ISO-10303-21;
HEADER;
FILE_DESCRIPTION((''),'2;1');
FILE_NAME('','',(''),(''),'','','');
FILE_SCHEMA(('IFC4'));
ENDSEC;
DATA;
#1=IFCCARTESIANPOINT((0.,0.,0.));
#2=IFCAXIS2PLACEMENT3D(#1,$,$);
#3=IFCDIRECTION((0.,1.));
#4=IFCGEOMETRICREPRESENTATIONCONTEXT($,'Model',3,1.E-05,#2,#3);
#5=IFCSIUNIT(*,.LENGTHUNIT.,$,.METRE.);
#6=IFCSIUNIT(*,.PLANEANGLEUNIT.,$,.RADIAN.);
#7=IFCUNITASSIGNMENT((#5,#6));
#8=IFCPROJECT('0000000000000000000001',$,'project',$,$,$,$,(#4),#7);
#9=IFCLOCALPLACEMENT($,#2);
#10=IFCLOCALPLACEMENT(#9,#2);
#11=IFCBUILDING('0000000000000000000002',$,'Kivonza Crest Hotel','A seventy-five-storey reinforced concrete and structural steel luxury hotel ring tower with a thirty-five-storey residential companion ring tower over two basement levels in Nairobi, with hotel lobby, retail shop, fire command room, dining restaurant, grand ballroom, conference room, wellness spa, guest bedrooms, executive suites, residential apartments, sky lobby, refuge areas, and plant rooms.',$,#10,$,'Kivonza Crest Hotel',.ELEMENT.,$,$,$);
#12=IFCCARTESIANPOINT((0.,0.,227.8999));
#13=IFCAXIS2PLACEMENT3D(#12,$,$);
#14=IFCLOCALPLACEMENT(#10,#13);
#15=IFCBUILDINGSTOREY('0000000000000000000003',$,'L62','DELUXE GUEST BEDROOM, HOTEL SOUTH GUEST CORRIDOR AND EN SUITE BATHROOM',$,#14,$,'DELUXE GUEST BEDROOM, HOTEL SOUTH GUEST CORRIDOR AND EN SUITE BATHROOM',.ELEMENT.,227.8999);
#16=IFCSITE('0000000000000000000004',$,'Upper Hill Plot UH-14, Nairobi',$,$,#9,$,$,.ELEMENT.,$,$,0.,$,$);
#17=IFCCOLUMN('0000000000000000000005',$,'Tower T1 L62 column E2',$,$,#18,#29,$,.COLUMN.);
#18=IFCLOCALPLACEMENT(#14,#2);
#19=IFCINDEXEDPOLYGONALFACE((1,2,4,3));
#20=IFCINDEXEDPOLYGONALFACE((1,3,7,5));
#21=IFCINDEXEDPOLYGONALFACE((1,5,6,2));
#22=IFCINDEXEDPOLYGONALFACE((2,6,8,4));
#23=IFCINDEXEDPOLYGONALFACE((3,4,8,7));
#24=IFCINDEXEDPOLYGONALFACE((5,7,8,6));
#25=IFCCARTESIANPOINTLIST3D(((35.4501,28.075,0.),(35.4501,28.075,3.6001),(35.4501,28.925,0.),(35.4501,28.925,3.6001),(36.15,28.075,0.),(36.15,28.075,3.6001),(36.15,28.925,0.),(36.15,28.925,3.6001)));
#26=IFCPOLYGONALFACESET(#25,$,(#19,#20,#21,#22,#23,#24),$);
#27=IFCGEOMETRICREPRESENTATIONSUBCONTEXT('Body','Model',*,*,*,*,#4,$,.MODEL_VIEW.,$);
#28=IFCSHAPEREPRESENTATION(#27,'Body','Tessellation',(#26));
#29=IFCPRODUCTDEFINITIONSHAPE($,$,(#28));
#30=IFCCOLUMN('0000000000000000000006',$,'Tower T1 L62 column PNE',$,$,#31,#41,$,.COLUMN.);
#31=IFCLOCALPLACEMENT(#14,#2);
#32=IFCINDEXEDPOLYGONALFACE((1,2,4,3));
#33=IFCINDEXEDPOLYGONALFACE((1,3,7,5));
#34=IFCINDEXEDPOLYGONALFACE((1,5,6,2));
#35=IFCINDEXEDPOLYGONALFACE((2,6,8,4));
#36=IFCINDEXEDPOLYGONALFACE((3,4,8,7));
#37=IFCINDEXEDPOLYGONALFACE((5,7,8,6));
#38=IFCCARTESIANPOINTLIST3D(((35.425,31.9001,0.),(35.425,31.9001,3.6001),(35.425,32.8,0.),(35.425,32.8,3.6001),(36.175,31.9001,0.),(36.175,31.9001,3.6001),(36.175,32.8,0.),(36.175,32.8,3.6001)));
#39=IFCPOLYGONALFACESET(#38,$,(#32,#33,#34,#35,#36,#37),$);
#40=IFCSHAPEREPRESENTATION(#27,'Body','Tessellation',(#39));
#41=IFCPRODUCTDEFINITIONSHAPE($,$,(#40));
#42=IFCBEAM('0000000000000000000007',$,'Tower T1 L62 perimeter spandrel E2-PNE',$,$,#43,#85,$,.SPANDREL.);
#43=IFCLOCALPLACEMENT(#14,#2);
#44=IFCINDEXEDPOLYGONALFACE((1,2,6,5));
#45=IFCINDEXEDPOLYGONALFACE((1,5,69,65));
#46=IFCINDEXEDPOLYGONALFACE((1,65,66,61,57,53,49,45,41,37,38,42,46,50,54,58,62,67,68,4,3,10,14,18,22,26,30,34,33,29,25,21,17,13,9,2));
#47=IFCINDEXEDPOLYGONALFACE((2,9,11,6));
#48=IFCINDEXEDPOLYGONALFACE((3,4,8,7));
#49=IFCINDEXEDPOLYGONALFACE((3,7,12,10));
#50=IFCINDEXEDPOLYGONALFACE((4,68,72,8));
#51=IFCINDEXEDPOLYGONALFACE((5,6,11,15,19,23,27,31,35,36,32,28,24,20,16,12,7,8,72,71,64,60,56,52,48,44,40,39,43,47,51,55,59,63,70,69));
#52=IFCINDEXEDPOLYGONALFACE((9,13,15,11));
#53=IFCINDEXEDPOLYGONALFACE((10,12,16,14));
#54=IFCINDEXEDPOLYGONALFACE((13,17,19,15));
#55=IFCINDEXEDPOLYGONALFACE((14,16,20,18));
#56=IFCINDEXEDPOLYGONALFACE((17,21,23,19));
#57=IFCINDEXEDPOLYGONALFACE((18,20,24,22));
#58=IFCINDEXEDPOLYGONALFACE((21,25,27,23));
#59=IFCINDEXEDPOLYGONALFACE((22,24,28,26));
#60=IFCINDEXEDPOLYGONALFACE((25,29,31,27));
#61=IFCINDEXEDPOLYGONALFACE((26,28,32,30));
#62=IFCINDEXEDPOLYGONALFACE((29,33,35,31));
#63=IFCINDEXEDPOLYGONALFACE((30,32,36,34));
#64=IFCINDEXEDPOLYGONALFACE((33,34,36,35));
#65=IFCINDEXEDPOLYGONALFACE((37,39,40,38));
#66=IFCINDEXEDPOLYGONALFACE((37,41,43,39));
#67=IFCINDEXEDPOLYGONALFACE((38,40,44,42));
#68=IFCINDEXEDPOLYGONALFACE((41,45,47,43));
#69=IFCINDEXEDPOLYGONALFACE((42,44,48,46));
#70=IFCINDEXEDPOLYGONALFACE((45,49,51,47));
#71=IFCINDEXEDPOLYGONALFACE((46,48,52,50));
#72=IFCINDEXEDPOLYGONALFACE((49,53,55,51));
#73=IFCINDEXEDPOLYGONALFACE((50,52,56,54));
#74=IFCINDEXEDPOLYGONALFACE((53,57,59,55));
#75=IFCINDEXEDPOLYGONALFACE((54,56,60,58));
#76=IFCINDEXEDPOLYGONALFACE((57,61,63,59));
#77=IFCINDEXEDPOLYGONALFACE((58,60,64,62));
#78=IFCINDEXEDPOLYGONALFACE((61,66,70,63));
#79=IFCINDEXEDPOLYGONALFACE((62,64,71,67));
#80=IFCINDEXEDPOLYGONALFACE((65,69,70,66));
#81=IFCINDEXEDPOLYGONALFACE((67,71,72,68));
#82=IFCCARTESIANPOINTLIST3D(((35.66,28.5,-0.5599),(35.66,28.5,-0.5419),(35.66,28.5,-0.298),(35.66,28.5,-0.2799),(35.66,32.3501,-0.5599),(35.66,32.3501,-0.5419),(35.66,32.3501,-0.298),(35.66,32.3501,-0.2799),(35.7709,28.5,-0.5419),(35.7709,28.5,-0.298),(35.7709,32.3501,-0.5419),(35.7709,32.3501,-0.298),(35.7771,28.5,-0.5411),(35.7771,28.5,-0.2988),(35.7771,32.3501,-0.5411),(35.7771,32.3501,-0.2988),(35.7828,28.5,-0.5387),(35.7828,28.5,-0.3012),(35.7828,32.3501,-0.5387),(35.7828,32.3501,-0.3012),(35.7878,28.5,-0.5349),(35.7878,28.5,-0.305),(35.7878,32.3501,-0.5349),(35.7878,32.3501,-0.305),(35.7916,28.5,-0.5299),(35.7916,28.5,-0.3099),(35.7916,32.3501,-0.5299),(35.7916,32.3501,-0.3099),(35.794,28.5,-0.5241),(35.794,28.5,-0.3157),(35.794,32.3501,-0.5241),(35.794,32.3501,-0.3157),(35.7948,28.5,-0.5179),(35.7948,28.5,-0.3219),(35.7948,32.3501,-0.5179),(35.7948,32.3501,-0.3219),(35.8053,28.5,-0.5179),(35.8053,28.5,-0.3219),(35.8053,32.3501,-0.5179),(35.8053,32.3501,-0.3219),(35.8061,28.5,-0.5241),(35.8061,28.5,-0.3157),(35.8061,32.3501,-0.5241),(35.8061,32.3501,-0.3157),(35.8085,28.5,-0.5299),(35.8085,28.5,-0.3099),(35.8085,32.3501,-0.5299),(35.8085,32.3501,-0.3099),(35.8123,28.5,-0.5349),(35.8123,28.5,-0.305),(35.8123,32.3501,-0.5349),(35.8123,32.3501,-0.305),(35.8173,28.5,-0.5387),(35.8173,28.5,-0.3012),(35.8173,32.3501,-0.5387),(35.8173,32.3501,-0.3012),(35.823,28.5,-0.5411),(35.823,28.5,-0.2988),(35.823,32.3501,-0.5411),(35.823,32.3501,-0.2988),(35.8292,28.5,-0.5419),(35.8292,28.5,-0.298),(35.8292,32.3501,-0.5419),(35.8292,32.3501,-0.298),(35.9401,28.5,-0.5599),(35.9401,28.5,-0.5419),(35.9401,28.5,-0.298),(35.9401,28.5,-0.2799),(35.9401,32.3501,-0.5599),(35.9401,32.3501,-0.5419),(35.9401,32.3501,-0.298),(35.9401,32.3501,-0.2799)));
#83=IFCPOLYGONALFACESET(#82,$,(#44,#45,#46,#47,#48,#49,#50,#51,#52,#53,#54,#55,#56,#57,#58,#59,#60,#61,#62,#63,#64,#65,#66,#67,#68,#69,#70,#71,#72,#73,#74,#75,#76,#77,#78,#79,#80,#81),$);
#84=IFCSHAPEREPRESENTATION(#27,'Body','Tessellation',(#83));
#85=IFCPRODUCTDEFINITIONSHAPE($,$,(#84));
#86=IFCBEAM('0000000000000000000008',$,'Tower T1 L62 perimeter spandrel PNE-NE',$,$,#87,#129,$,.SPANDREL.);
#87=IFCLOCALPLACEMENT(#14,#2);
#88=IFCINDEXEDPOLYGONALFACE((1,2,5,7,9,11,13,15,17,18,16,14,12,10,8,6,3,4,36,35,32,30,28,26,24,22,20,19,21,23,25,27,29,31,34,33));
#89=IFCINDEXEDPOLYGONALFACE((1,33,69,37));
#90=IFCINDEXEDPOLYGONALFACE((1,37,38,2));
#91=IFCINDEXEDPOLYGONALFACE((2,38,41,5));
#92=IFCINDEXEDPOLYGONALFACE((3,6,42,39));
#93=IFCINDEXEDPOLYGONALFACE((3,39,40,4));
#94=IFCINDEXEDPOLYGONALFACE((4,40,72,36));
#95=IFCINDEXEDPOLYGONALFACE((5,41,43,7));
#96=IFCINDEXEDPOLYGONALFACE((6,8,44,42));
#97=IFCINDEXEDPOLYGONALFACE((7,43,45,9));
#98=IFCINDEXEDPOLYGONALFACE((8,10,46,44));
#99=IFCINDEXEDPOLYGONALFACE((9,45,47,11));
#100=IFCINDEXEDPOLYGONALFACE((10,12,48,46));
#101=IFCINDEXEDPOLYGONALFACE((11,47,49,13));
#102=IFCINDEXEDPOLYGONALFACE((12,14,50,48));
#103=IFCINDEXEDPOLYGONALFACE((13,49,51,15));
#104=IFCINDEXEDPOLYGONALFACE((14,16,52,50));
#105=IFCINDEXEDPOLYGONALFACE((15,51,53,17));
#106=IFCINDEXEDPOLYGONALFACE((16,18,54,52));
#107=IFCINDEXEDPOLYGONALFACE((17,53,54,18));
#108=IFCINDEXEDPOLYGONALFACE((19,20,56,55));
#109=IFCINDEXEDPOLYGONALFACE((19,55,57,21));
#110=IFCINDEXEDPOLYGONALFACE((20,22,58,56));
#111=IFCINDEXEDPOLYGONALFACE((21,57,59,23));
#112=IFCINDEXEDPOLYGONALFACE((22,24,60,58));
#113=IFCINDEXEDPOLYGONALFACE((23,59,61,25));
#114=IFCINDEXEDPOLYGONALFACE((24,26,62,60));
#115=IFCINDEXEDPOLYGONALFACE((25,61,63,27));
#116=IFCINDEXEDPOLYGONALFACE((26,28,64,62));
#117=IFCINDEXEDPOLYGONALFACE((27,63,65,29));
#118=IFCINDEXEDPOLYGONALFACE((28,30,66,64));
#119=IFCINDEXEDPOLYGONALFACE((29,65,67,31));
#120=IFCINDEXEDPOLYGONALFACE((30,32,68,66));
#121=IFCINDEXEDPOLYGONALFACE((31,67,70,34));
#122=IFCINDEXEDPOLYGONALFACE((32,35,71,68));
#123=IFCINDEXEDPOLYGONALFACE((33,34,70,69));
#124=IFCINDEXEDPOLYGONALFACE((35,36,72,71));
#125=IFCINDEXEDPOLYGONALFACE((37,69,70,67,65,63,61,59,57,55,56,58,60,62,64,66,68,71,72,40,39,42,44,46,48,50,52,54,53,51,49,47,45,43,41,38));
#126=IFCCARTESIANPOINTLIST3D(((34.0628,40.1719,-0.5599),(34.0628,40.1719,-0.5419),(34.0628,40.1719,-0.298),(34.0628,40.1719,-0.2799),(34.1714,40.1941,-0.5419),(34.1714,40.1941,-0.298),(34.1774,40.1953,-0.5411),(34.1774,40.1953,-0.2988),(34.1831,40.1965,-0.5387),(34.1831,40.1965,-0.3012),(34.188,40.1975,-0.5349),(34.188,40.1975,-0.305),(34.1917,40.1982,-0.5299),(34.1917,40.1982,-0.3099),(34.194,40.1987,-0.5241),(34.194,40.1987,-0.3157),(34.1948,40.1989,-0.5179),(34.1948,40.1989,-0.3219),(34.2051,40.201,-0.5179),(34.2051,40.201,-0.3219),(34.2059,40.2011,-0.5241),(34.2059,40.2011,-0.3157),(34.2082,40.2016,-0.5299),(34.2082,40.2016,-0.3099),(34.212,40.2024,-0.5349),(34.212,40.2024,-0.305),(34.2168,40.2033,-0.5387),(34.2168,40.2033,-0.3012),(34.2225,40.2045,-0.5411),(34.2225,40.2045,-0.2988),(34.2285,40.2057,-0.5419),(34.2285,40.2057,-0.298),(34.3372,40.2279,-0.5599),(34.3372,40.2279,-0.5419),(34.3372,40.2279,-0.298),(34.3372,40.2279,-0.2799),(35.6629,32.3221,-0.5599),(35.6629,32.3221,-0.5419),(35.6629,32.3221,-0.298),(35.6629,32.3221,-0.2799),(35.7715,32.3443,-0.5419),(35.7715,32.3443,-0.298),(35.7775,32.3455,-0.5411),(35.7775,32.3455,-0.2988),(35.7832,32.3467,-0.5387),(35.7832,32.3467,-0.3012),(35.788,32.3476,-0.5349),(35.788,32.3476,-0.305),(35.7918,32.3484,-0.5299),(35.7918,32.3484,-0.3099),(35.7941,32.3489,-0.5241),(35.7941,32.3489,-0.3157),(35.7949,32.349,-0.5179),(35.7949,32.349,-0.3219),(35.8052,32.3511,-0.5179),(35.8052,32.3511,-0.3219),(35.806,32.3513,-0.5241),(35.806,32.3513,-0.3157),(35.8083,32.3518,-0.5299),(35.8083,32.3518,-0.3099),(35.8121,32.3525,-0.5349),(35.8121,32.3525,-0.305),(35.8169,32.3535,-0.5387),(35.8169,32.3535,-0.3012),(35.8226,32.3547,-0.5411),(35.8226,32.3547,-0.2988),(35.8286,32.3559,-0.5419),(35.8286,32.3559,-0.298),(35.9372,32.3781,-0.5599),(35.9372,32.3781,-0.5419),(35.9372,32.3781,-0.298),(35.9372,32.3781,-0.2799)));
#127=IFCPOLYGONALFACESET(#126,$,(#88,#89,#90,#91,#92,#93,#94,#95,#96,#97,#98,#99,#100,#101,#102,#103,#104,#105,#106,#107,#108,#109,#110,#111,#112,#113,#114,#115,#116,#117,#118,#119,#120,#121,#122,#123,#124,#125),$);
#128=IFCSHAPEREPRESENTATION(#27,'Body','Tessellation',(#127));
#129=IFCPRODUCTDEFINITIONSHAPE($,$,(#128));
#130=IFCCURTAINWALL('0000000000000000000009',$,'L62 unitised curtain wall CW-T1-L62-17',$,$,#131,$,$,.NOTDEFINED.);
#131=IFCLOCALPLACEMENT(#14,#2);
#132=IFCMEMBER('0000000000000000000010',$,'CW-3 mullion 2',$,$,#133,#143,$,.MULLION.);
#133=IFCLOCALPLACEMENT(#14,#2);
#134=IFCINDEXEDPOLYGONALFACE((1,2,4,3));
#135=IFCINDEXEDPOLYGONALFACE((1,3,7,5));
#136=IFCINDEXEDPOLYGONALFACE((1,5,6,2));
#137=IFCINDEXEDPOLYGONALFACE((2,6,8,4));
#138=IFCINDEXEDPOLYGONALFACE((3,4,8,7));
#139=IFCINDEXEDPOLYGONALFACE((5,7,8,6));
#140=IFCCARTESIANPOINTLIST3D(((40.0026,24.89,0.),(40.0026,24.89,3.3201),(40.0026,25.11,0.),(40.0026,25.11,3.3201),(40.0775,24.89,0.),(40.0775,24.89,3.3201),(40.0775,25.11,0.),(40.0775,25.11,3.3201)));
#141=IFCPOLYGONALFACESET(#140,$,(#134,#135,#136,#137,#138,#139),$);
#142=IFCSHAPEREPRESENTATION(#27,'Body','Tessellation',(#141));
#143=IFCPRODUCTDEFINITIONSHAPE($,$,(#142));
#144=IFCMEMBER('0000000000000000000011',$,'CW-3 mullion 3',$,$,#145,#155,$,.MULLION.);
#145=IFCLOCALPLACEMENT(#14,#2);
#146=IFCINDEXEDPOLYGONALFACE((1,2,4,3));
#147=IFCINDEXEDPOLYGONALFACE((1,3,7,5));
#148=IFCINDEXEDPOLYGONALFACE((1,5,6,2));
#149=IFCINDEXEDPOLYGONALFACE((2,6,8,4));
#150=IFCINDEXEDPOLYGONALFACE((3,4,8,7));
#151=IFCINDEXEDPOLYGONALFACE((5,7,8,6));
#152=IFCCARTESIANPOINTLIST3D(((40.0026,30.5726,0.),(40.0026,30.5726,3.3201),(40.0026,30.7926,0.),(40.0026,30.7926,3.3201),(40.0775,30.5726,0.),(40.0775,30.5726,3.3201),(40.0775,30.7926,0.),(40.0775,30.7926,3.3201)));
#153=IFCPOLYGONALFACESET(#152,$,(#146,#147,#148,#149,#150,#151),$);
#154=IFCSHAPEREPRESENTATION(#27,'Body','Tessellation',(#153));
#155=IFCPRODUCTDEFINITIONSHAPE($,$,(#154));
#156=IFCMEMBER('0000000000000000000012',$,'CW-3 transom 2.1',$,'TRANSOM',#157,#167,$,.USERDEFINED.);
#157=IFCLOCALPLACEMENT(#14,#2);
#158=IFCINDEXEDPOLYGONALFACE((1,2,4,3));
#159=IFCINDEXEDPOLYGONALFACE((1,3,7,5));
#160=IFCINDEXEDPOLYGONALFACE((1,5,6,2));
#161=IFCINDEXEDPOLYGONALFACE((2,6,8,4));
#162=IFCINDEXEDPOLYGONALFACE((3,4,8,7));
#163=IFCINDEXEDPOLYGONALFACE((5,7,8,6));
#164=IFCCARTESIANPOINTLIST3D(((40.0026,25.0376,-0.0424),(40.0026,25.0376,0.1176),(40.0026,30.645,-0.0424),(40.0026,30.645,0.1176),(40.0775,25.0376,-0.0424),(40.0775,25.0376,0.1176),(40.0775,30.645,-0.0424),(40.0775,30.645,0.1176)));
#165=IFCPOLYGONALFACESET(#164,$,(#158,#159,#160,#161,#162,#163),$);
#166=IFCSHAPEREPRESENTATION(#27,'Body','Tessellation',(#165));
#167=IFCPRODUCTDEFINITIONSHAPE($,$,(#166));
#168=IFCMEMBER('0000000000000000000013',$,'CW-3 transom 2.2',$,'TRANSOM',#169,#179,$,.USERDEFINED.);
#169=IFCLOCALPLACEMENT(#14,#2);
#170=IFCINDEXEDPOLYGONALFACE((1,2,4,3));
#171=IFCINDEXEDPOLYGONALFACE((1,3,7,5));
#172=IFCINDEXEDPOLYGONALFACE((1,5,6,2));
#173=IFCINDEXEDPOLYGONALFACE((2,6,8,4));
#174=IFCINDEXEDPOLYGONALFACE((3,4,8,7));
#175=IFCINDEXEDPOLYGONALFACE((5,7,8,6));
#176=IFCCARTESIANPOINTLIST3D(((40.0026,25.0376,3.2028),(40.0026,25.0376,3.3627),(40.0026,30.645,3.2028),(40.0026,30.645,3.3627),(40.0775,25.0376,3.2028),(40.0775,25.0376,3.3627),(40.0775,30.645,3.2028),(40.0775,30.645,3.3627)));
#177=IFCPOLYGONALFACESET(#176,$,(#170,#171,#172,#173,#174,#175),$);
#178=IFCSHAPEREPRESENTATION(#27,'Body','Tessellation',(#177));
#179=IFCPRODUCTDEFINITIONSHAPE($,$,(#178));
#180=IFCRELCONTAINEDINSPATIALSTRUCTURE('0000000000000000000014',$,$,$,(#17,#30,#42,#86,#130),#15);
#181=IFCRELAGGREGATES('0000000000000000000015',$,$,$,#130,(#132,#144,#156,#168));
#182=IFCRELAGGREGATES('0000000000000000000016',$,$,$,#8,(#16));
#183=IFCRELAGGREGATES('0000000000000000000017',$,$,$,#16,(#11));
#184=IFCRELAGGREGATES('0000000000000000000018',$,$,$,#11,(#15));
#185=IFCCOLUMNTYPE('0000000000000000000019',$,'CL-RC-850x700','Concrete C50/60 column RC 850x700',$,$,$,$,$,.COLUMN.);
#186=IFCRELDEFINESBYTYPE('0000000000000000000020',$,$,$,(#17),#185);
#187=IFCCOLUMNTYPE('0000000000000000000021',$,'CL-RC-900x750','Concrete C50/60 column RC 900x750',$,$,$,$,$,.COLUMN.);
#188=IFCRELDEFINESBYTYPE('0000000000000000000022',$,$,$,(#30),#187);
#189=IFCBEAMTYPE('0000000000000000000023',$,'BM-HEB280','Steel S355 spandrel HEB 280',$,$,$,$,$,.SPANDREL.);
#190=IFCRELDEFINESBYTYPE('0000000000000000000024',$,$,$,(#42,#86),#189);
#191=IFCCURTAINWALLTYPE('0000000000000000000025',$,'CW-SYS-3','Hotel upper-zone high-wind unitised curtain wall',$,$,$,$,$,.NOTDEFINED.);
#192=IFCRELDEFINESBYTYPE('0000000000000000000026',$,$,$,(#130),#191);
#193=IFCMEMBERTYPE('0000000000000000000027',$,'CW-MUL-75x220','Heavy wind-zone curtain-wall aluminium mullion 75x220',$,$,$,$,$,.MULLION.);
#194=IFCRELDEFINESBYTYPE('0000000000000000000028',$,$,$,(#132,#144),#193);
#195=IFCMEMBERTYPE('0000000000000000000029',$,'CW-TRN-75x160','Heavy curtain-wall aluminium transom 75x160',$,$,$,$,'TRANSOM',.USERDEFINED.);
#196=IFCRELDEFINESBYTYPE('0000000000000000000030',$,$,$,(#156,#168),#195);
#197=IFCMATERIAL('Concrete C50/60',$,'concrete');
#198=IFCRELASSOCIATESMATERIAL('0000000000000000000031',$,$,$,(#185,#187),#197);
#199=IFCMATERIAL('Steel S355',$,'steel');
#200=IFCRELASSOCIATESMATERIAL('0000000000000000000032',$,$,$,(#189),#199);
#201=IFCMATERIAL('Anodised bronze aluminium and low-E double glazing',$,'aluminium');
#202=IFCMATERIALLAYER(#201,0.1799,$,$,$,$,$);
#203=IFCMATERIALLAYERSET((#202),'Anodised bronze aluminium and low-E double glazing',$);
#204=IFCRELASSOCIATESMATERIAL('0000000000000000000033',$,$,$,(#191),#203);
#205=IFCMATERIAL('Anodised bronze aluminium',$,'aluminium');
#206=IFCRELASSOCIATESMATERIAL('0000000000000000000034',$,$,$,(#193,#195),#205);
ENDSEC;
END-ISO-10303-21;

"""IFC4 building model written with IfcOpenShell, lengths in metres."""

from ifc_helpers import new_model, si_unit, direction, frame, origin, origin_2d, place, context, subcontext, project, spatial, rectangle, i_section, extrude, material, layer, layer_set, material_profile, profile_set, type_object, element, aggregate, save


model = new_model("IFC4")

# Units and contexts
model_context = context("Model", 3, precision=1e-05, world=origin(), true_north=direction((0.0, 1.0)))
body_context = subcontext(model_context, "Body", "Model", "MODEL_VIEW")
ifc_project = project(units=[si_unit("LENGTHUNIT", "METRE"), si_unit("PLANEANGLEUNIT", "RADIAN")], contexts=[model_context])

# Site, building, storey
site_placement = place(None, origin())
site = spatial("IfcSite", under=ifc_project, at=site_placement, Name="Upper Hill Plot UH-14, Nairobi", CompositionType="ELEMENT", RefElevation=0.0)
building_placement = place(site_placement, origin())
building = spatial("IfcBuilding", under=site, at=building_placement, Name="Kivonza Crest Hotel", Description="A seventy-five-storey reinforced concrete and structural steel luxury hotel ring tower with a thirty-five-storey residential companion ring tower over two basement levels in Nairobi, with hotel lobby, retail shop, fire command room, dining restaurant, grand ballroom, conference room, wellness spa, guest bedrooms, executive suites, residential apartments, sky lobby, refuge areas, and plant rooms.", LongName="Kivonza Crest Hotel", CompositionType="ELEMENT")
storey_placement = place(building_placement, frame((0.0, 0.0, 227.8999)))
storey = spatial("IfcBuildingStorey", under=building, at=storey_placement, Name="L62", Description="DELUXE GUEST BEDROOM, HOTEL SOUTH GUEST CORRIDOR AND EN SUITE BATHROOM", LongName="DELUXE GUEST BEDROOM, HOTEL SOUTH GUEST CORRIDOR AND EN SUITE BATHROOM", CompositionType="ELEMENT", Elevation=227.8999)

# Columns
ifc_material_1 = material(Name="Concrete C50/60", Category="concrete")
ifc_material_profile_1 = material_profile(ifc_material_1, rectangle(XDim=0.7, YDim=0.8501, at=origin_2d()), Name="RC 850x700")
ifc_profile_set_1 = profile_set([ifc_material_profile_1], Name="Concrete C50/60")
column_type_1 = type_object("IfcColumnType", Name="CL-RC-850x700", Description="Concrete C50/60 column RC 850x700", PredefinedType="COLUMN", material=ifc_profile_set_1)
column_1_placement = place(storey_placement, frame((35.8, 28.5, 0.0), z_axis=(0.0, 0.0, 1.0), x_axis=(1.0, 0.0, 0.0)))
element("IfcColumn", 1, at=column_1_placement, inside=storey, type_object=column_type_1, Name="Tower T1 L62 column E2", PredefinedType="COLUMN", context=body_context, shape_type="SweptSolid", body=[
    extrude(rectangle(XDim=0.7, YDim=0.8501, at=origin_2d()), origin(), (0.0, 0.0, 1.0), 3.6001),
])
ifc_material_profile_2 = material_profile(ifc_material_1, rectangle(XDim=0.75, YDim=0.8999, at=origin_2d()), Name="RC 900x750")
ifc_profile_set_2 = profile_set([ifc_material_profile_2], Name="Concrete C50/60")
column_type_2 = type_object("IfcColumnType", Name="CL-RC-900x750", Description="Concrete C50/60 column RC 900x750", PredefinedType="COLUMN", material=ifc_profile_set_2)
column_2_placement = place(storey_placement, frame((35.8, 32.3501, 0.0), z_axis=(0.0, 0.0, 1.0), x_axis=(1.0, 0.0, 0.0)))
element("IfcColumn", 2, at=column_2_placement, inside=storey, type_object=column_type_2, Name="Tower T1 L62 column PNE", PredefinedType="COLUMN", context=body_context, shape_type="SweptSolid", body=[
    extrude(rectangle(XDim=0.75, YDim=0.8999, at=origin_2d()), origin(), (0.0, 0.0, 1.0), 3.6001),
])

# Beams
ifc_material_2 = material(Name="Steel S355", Category="steel")
ifc_material_profile_3 = material_profile(ifc_material_2, i_section(OverallWidth=0.28, OverallDepth=0.28, WebThickness=0.0105, FlangeThickness=0.0181, FilletRadius=0.0239, at=origin_2d()), Name="HEB 280")
ifc_profile_set_3 = profile_set([ifc_material_profile_3], Name="Steel S355")
beam_type = type_object("IfcBeamType", Name="BM-HEB280", Description="Steel S355 spandrel HEB 280", PredefinedType="SPANDREL", material=ifc_profile_set_3)
beam_1_placement = place(storey_placement, frame((35.8, 28.5, -0.4199), z_axis=(0.0, 1.0, 0.0), x_axis=(-1.0, 0.0, 0.0)))
element("IfcBeam", 3, at=beam_1_placement, inside=storey, type_object=beam_type, Name="Tower T1 L62 perimeter spandrel E2-PNE", PredefinedType="SPANDREL", context=body_context, shape_type="SweptSolid", body=[
    extrude(i_section(OverallWidth=0.28, OverallDepth=0.28, WebThickness=0.0105, FlangeThickness=0.0181, FilletRadius=0.0239, at=origin_2d()), origin(), (0.0, 0.0, 1.0), 3.8501),
])
beam_2_placement = place(storey_placement, frame((35.8, 32.3501, -0.4199), z_axis=(-0.199731, 0.979851, 0.0), x_axis=(-0.979851, -0.199731, 0.0)))
element("IfcBeam", 4, at=beam_2_placement, inside=storey, type_object=beam_type, Name="Tower T1 L62 perimeter spandrel PNE-NE", PredefinedType="SPANDREL", context=body_context, shape_type="SweptSolid", body=[
    extrude(i_section(OverallWidth=0.28, OverallDepth=0.28, WebThickness=0.0105, FlangeThickness=0.0181, FilletRadius=0.0239, at=origin_2d()), origin(), (0.0, 0.0, 1.0), 8.0112),
])

# Curtain wall, members
ifc_material_3 = material(Name="Anodised bronze aluminium and low-E double glazing", Category="aluminium")
ifc_layer_1 = layer(ifc_material_3, 0.1799)
ifc_layer_set_1 = layer_set([ifc_layer_1], Name="Anodised bronze aluminium and low-E double glazing")
curtain_wall_type = type_object("IfcCurtainWallType", Name="CW-SYS-3", Description="Hotel upper-zone high-wind unitised curtain wall", PredefinedType="NOTDEFINED", material=ifc_layer_set_1)
curtain_wall_placement = place(storey_placement, origin())
curtain_wall = element("IfcCurtainWall", 5, at=curtain_wall_placement, inside=storey, type_object=curtain_wall_type, Name="L62 unitised curtain wall CW-T1-L62-17", PredefinedType="NOTDEFINED")
ifc_material_4 = material(Name="Anodised bronze aluminium", Category="aluminium")
ifc_material_profile_4 = material_profile(ifc_material_4, rectangle(XDim=0.075, YDim=0.22, at=origin_2d()), Name="CW-M 75x220")
ifc_profile_set_4 = profile_set([ifc_material_profile_4], Name="Anodised bronze aluminium")
member_type_1 = type_object("IfcMemberType", Name="CW-MUL-75x220", Description="Heavy wind-zone curtain-wall aluminium mullion 75x220", PredefinedType="MULLION", material=ifc_profile_set_4)
member_1_placement = place(storey_placement, frame((40.04, 25.0, 0.0), z_axis=(0.0, 0.0, 1.0), x_axis=(-1.0, 0.0, 0.0)))
member_1 = element("IfcMember", 6, at=member_1_placement, type_object=member_type_1, Name="CW-3 mullion 2", PredefinedType="MULLION", context=body_context, shape_type="SweptSolid", body=[
    extrude(rectangle(XDim=0.075, YDim=0.22, at=origin_2d()), origin(), (0.0, 0.0, 1.0), 3.3201),
])
member_2_placement = place(storey_placement, frame((40.04, 30.6826, 0.0), z_axis=(0.0, 0.0, 1.0), x_axis=(-1.0, 0.0, 0.0)))
member_2 = element("IfcMember", 7, at=member_2_placement, type_object=member_type_1, Name="CW-3 mullion 3", PredefinedType="MULLION", context=body_context, shape_type="SweptSolid", body=[
    extrude(rectangle(XDim=0.075, YDim=0.22, at=origin_2d()), origin(), (0.0, 0.0, 1.0), 3.3201),
])
ifc_material_profile_5 = material_profile(ifc_material_4, rectangle(XDim=0.075, YDim=0.1599, at=origin_2d()), Name="CW-T 75x160")
ifc_profile_set_5 = profile_set([ifc_material_profile_5], Name="Anodised bronze aluminium")
member_type_2 = type_object("IfcMemberType", Name="CW-TRN-75x160", Description="Heavy curtain-wall aluminium transom 75x160", ElementType="TRANSOM", PredefinedType="USERDEFINED", material=ifc_profile_set_5)
member_3_placement = place(storey_placement, frame((40.04, 25.0376, 0.0376), z_axis=(0.0, 1.0, 0.0), x_axis=(-1.0, 0.0, 0.0)))
member_3 = element("IfcMember", 8, at=member_3_placement, type_object=member_type_2, Name="CW-3 transom 2.1", ObjectType="TRANSOM", PredefinedType="USERDEFINED", context=body_context, shape_type="SweptSolid", body=[
    extrude(rectangle(XDim=0.075, YDim=0.1599, at=origin_2d()), origin(), (0.0, 0.0, 1.0), 5.6074),
])
member_4_placement = place(storey_placement, frame((40.04, 25.0376, 3.2827), z_axis=(0.0, 1.0, 0.0), x_axis=(-1.0, 0.0, 0.0)))
member_4 = element("IfcMember", 9, at=member_4_placement, type_object=member_type_2, Name="CW-3 transom 2.2", ObjectType="TRANSOM", PredefinedType="USERDEFINED", context=body_context, shape_type="SweptSolid", body=[
    extrude(rectangle(XDim=0.075, YDim=0.1599, at=origin_2d()), origin(), (0.0, 0.0, 1.0), 5.6074),
])
aggregate(curtain_wall, [member_1, member_2, member_3, member_4])

save(model, "model.ifc")
